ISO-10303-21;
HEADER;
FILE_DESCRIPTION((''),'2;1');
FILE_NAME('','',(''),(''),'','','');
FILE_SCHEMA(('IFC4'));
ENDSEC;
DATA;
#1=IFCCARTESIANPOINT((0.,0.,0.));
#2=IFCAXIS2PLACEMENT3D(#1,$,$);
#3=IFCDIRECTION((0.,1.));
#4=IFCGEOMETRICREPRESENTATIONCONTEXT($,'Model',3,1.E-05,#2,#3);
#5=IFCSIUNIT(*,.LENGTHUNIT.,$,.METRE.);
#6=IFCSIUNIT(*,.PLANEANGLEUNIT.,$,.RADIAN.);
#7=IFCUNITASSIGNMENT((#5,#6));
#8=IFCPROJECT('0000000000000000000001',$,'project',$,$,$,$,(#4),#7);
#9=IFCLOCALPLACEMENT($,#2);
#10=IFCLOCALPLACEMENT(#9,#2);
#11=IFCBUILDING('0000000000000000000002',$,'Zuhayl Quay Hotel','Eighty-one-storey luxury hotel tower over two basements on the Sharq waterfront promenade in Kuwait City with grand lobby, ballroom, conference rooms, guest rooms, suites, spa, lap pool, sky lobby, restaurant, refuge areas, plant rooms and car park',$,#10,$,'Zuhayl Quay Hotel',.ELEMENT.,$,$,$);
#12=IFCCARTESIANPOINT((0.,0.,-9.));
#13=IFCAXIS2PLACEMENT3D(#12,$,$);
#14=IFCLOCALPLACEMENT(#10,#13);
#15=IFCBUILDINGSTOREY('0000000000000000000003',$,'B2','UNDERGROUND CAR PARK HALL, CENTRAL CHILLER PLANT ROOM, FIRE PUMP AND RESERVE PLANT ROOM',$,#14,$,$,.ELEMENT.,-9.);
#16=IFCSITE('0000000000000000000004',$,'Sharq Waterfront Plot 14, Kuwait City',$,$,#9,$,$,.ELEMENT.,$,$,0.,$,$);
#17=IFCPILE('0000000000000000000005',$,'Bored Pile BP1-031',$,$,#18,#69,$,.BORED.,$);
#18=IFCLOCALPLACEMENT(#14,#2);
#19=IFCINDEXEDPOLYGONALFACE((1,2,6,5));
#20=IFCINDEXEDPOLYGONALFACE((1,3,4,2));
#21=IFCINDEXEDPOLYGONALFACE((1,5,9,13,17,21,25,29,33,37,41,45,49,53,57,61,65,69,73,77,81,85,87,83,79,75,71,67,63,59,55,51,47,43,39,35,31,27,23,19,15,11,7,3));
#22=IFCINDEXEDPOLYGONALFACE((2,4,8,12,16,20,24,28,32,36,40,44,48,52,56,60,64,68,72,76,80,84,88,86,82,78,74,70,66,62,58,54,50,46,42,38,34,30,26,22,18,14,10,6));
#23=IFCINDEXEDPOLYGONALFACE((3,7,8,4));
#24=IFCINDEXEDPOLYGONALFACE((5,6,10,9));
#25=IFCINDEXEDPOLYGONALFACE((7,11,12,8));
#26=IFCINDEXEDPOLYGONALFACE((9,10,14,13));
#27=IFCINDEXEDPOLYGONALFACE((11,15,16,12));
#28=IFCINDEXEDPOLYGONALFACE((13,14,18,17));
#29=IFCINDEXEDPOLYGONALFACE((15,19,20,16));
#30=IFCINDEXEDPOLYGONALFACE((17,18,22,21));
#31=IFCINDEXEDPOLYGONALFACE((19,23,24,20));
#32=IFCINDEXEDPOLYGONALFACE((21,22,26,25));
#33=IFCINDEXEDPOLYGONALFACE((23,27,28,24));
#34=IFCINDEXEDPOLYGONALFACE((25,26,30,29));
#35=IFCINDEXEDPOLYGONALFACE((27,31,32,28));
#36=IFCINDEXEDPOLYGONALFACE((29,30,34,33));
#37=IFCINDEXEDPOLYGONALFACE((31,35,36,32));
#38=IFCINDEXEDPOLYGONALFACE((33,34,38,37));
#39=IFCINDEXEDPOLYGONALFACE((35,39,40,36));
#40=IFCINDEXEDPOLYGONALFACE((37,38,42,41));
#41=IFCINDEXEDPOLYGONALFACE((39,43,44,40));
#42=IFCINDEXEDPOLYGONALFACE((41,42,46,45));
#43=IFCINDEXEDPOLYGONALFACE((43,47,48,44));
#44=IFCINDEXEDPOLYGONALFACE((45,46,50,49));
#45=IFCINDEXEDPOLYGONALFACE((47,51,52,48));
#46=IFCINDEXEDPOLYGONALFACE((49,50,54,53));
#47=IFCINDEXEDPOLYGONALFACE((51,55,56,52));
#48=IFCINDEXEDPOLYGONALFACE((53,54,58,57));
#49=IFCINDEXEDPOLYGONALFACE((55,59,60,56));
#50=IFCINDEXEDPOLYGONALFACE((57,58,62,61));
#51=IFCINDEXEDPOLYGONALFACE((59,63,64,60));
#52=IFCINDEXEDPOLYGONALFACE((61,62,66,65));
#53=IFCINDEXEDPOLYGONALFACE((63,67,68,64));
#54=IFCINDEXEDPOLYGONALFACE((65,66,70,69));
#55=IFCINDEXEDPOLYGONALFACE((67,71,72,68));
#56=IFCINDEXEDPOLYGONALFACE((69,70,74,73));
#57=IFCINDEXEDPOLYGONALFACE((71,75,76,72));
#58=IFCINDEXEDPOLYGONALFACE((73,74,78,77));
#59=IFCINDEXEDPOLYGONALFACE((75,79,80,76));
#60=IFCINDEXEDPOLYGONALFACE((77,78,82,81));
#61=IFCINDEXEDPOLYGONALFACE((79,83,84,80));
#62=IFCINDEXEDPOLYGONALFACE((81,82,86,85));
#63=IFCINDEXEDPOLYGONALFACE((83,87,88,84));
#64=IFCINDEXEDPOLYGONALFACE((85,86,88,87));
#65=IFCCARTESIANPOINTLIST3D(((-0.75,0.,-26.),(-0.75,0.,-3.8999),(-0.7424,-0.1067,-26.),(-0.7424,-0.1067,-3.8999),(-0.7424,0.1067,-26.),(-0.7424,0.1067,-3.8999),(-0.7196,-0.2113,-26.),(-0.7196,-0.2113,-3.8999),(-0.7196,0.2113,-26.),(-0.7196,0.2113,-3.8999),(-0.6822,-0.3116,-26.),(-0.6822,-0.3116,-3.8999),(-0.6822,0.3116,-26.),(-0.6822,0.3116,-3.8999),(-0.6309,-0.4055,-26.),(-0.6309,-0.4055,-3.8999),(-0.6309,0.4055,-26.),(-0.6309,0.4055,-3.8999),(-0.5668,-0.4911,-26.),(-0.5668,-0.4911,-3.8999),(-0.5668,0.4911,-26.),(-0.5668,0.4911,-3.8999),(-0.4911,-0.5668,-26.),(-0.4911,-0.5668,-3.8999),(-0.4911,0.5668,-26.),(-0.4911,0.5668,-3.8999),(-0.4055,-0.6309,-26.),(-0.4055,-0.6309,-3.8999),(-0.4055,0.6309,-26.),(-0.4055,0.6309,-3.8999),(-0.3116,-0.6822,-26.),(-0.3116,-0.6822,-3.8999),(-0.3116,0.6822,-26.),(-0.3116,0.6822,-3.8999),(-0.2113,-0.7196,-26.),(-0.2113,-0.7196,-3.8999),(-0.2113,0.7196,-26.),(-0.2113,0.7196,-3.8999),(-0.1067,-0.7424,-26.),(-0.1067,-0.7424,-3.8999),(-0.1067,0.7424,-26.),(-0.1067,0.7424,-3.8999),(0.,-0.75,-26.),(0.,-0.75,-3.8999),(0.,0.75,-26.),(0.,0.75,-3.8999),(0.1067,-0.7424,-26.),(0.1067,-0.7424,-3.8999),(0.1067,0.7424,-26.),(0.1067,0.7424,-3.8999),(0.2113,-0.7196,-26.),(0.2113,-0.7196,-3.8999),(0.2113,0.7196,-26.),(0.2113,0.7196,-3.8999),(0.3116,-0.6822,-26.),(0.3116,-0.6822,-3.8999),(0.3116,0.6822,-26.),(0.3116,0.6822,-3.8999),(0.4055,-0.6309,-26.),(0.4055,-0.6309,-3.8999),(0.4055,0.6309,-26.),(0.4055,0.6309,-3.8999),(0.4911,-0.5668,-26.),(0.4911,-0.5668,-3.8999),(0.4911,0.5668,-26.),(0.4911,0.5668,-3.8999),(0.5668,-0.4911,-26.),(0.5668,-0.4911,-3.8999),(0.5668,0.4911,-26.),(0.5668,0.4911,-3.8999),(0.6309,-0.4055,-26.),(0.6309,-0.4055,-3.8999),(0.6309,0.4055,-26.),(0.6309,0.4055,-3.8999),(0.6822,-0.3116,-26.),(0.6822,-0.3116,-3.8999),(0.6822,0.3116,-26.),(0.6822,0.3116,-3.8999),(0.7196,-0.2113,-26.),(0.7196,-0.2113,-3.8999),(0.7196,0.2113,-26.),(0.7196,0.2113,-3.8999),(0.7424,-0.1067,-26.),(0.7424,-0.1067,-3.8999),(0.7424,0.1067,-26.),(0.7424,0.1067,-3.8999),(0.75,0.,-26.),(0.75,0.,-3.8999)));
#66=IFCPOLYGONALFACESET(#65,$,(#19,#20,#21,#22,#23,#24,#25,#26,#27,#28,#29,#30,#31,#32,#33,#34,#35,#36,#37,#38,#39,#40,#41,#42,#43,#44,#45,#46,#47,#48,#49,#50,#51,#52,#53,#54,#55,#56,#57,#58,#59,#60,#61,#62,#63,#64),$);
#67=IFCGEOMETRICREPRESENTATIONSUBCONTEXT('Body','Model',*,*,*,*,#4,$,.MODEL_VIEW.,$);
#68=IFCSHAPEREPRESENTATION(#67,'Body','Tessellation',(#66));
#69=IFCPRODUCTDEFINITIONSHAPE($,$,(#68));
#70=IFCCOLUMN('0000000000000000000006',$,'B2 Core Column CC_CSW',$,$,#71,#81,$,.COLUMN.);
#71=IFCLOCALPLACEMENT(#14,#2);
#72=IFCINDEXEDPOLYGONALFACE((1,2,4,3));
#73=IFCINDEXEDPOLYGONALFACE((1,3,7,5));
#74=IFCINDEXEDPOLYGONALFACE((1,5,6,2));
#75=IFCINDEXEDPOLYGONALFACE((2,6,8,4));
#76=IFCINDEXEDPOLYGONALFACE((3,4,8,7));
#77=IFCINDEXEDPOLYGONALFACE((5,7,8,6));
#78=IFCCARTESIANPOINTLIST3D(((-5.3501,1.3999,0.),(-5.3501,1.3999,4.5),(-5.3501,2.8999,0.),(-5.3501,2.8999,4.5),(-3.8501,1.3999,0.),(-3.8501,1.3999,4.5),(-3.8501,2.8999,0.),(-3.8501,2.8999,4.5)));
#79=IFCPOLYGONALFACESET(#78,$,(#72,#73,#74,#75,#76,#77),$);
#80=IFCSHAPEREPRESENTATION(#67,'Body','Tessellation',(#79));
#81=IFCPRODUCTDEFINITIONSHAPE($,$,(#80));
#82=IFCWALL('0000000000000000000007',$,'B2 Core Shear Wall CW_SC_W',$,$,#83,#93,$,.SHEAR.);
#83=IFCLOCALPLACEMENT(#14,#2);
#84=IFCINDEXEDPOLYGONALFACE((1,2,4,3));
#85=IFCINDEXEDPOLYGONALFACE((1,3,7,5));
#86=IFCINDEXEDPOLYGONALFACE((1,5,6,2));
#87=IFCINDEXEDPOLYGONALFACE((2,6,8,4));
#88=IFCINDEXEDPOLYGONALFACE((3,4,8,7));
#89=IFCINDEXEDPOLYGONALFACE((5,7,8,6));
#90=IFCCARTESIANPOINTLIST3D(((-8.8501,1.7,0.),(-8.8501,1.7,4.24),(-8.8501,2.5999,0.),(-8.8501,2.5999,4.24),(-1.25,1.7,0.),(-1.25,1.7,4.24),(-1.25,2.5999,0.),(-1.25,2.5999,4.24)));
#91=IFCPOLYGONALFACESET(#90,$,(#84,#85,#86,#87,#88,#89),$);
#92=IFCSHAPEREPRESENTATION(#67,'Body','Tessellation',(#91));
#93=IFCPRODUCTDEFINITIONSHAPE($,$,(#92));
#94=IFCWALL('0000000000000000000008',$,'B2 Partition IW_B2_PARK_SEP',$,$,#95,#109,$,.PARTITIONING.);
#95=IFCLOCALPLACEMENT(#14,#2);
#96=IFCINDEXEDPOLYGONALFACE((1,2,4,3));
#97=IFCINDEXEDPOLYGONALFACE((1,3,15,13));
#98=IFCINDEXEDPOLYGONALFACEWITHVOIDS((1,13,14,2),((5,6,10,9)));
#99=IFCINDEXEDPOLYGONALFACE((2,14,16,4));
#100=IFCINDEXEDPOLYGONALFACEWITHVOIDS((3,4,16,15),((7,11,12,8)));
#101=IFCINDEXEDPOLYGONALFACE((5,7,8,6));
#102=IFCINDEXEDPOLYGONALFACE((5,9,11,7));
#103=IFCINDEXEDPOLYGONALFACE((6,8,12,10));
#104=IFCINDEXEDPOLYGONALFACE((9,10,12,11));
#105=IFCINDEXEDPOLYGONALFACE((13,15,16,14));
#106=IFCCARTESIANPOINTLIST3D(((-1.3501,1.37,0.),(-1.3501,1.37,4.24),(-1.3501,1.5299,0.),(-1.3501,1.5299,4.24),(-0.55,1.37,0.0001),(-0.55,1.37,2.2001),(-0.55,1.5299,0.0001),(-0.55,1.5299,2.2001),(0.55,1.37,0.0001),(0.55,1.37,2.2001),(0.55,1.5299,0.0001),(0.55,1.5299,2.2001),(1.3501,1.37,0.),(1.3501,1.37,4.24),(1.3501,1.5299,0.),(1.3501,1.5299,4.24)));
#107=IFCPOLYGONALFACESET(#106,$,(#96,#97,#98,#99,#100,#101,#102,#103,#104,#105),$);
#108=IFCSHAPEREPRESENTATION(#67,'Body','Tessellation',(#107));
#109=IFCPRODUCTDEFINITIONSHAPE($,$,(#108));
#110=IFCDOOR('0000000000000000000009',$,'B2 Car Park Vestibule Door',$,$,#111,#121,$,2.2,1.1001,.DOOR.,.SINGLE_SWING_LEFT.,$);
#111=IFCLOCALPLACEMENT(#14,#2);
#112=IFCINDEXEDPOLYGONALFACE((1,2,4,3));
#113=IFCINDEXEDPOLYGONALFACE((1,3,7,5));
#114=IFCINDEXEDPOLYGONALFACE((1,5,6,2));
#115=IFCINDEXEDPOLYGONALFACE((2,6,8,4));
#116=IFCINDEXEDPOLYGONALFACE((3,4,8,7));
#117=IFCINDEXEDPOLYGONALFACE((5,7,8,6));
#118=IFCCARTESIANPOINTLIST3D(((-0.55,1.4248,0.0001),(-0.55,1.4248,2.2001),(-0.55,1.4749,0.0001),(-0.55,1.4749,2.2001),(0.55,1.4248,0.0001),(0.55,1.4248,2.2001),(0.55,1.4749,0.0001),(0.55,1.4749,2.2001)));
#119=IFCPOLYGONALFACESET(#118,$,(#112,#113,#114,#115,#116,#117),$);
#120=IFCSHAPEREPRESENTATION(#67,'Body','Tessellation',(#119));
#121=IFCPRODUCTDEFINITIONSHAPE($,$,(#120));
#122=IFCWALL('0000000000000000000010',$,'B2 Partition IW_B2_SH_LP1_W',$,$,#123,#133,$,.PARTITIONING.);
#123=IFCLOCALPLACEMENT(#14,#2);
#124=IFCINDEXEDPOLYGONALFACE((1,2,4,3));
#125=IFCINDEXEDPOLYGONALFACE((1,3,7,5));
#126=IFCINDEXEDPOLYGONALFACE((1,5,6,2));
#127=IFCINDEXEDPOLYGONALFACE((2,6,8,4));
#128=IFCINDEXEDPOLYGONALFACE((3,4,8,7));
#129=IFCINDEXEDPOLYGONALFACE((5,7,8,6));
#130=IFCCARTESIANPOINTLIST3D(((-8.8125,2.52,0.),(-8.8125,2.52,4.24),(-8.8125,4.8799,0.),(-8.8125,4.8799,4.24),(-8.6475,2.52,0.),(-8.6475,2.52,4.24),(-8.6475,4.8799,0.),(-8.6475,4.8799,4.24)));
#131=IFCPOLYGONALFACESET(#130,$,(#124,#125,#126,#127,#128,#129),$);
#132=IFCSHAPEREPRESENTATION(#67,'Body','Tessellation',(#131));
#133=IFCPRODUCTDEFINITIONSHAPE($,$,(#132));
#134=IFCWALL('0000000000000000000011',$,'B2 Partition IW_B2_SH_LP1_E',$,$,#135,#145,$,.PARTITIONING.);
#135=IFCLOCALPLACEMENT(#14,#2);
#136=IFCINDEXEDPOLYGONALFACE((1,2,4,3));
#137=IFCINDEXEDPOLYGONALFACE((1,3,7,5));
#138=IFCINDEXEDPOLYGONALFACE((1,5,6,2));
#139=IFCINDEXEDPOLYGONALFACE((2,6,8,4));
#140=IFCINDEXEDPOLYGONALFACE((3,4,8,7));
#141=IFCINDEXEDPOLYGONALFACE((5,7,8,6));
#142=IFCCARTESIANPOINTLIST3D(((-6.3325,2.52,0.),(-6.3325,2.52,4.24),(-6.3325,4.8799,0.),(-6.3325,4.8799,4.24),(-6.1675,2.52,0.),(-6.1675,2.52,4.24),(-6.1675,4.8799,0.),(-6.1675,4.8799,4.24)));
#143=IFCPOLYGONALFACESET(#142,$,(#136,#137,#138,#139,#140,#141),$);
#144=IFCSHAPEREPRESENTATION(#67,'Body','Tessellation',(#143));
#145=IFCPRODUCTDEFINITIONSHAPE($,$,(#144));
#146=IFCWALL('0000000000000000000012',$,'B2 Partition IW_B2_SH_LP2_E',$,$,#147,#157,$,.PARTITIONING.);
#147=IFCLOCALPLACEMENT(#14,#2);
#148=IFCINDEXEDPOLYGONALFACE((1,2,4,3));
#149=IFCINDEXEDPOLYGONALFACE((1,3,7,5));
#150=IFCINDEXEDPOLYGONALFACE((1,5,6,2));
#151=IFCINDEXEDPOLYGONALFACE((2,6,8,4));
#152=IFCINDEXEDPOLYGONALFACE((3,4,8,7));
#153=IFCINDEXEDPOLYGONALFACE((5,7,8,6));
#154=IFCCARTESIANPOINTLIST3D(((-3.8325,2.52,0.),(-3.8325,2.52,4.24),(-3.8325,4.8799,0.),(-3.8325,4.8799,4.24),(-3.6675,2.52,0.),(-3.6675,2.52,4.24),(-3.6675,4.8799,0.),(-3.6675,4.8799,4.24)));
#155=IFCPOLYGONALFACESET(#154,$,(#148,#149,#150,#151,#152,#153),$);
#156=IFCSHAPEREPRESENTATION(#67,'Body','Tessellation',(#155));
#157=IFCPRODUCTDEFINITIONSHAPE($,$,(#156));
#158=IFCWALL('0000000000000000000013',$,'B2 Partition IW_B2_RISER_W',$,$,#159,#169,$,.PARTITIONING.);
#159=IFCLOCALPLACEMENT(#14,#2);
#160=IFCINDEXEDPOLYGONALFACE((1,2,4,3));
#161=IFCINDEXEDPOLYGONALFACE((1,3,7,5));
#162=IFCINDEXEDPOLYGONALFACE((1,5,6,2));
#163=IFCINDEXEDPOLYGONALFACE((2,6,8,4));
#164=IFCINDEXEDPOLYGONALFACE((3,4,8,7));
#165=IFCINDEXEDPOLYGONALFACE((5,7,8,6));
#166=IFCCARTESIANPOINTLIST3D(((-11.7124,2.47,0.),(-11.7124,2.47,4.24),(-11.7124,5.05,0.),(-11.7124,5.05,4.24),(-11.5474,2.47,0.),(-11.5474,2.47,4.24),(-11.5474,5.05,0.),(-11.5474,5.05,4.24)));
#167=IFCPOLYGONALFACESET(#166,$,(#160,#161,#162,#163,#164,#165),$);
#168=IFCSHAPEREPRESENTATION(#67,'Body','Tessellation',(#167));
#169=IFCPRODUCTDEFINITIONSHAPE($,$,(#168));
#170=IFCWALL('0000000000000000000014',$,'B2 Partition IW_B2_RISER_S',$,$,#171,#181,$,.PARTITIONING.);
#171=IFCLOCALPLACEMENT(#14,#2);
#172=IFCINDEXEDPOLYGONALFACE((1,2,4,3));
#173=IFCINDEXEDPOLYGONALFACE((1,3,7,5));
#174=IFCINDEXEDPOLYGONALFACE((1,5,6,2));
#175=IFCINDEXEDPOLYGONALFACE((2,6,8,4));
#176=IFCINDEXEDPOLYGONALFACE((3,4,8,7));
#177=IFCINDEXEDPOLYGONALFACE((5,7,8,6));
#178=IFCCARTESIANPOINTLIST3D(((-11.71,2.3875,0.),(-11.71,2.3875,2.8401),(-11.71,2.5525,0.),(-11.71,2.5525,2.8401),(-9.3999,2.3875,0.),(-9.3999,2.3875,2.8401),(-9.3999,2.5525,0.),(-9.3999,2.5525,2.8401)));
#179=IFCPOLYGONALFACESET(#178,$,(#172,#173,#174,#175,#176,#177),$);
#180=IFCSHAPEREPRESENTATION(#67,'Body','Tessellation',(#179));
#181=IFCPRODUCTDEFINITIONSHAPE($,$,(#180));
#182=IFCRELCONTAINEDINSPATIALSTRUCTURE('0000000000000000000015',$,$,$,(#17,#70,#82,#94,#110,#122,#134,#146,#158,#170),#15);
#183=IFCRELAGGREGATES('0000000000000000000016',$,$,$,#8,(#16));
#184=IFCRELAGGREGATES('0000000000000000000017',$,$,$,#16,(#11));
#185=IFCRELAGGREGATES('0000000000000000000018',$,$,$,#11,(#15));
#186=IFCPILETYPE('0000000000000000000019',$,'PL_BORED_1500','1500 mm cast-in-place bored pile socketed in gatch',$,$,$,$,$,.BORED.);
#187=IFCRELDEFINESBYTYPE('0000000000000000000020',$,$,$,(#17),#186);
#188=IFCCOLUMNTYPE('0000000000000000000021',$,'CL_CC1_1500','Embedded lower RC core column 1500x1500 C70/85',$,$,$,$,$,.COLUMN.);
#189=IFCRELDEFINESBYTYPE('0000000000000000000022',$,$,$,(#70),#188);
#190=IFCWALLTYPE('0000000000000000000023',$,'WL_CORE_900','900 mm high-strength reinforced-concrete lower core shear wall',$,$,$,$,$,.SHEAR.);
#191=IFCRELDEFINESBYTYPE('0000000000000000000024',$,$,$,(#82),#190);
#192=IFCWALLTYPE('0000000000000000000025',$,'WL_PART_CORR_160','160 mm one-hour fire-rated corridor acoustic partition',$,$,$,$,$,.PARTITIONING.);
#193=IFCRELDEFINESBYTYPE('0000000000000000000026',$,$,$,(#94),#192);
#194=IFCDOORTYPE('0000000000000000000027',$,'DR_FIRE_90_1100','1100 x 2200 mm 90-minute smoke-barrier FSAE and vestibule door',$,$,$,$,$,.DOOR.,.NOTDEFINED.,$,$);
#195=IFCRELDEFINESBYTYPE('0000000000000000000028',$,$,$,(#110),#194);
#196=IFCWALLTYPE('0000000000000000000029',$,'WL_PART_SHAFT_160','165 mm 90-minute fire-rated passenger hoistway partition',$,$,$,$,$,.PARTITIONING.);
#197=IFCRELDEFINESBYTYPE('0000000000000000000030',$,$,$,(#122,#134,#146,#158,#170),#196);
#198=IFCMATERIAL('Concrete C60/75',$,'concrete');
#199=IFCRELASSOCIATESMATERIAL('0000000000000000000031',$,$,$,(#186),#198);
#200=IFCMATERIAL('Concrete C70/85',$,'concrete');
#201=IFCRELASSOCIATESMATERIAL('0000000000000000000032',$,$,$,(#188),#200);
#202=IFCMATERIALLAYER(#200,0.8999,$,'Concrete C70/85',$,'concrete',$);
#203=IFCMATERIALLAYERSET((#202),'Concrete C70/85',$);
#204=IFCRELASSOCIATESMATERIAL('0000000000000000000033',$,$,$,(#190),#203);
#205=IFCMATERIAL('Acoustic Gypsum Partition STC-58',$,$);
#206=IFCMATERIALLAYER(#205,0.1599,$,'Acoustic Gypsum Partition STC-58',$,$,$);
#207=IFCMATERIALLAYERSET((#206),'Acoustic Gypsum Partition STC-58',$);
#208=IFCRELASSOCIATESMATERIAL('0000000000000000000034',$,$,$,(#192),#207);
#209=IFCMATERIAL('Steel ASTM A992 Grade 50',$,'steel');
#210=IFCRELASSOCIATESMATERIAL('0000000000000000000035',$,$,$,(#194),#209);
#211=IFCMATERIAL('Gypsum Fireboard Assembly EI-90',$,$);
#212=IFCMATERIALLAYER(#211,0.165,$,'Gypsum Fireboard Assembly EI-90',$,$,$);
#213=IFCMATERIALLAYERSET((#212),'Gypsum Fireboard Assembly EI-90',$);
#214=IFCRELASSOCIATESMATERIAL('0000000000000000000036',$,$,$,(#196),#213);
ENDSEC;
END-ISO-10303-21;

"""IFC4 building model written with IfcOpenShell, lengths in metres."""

from ifc_helpers import new_model, si_unit, direction, frame, frame_2d, origin, origin_2d, place, context, subcontext, project, spatial, rectangle, circle, extrude, material, layer, layer_set, material_profile, profile_set, type_object, element, fill, save


model = new_model("IFC4")

# Units and contexts
model_context = context("Model", 3, precision=1e-05, world=origin(), true_north=direction((0.0, 1.0)))
body_context = subcontext(model_context, "Body", "Model", "MODEL_VIEW")
ifc_project = project(units=[si_unit("LENGTHUNIT", "METRE"), si_unit("PLANEANGLEUNIT", "RADIAN")], contexts=[model_context])

# Site, building, storey
site_placement = place(None, origin())
site = spatial("IfcSite", under=ifc_project, at=site_placement, Name="Sharq Waterfront Plot 14, Kuwait City", CompositionType="ELEMENT", RefElevation=0.0)
building_placement = place(site_placement, origin())
building = spatial("IfcBuilding", under=site, at=building_placement, Name="Zuhayl Quay Hotel", Description="Eighty-one-storey luxury hotel tower over two basements on the Sharq waterfront promenade in Kuwait City with grand lobby, ballroom, conference rooms, guest rooms, suites, spa, lap pool, sky lobby, restaurant, refuge areas, plant rooms and car park", LongName="Zuhayl Quay Hotel", CompositionType="ELEMENT")
storey_placement = place(building_placement, frame((0.0, 0.0, -9.0)))
storey = spatial("IfcBuildingStorey", under=building, at=storey_placement, Name="B2", Description="UNDERGROUND CAR PARK HALL, CENTRAL CHILLER PLANT ROOM, FIRE PUMP AND RESERVE PLANT ROOM", CompositionType="ELEMENT", Elevation=-9.0)

# Pile
ifc_material_1 = material(Name="Concrete C60/75", Category="concrete")
ifc_material_profile_1 = material_profile(ifc_material_1, circle(Radius=0.75, at=origin_2d()), Name="PILE1500")
ifc_profile_set_1 = profile_set([ifc_material_profile_1], Name="Concrete C60/75")
pile_type = type_object("IfcPileType", Name="PL_BORED_1500", Description="1500 mm cast-in-place bored pile socketed in gatch", PredefinedType="BORED", material=ifc_profile_set_1)
pile_placement = place(storey_placement, frame((0.0, 0.0, -3.8999), z_axis=(0.0, 0.0, -1.0), x_axis=(1.0, 0.0, 0.0)))
element("IfcPile", 1, at=pile_placement, inside=storey, type_object=pile_type, Name="Bored Pile BP1-031", PredefinedType="BORED", context=body_context, shape_type="SweptSolid", body=[
    extrude(circle(Radius=0.75, at=origin_2d()), origin(), (0.0, 0.0, 1.0), 22.1001),
])

# Column
ifc_material_2 = material(Name="Concrete C70/85", Category="concrete")
ifc_material_profile_2 = material_profile(ifc_material_2, rectangle(XDim=1.5, YDim=1.5, at=origin_2d()), Name="RC1500X1500")
ifc_profile_set_2 = profile_set([ifc_material_profile_2], Name="Concrete C70/85")
column_type = type_object("IfcColumnType", Name="CL_CC1_1500", Description="Embedded lower RC core column 1500x1500 C70/85", PredefinedType="COLUMN", material=ifc_profile_set_2)
column_placement = place(storey_placement, frame((-4.6001, 2.1499, 0.0), z_axis=(0.0, 0.0, 1.0), x_axis=(1.0, 0.0, 0.0)))
element("IfcColumn", 2, at=column_placement, inside=storey, type_object=column_type, Name="B2 Core Column CC_CSW", PredefinedType="COLUMN", context=body_context, shape_type="SweptSolid", body=[
    extrude(rectangle(XDim=1.5, YDim=1.5, at=origin_2d()), origin(), (0.0, 0.0, 1.0), 4.5),
])

# Wall
ifc_layer_1 = layer(ifc_material_2, 0.8999, Name="Concrete C70/85", Category="concrete")
ifc_layer_set_1 = layer_set([ifc_layer_1], Name="Concrete C70/85")
wall_type_1 = type_object("IfcWallType", Name="WL_CORE_900", Description="900 mm high-strength reinforced-concrete lower core shear wall", PredefinedType="SHEAR", material=ifc_layer_set_1)
wall_1_placement = place(storey_placement, frame((-8.8501, 2.1499, 0.0), z_axis=(0.0, 0.0, 1.0), x_axis=(1.0, 0.0, 0.0)))
element("IfcWall", 3, at=wall_1_placement, inside=storey, type_object=wall_type_1, Name="B2 Core Shear Wall CW_SC_W", PredefinedType="SHEAR", context=body_context, shape_type="SweptSolid", body=[
    extrude(rectangle(XDim=7.6001, YDim=0.8999, at=frame_2d((3.8, 0.0))), origin(), (0.0, 0.0, 1.0), 4.24),
])

# Wall, opening, door
ifc_material_3 = material(Name="Acoustic Gypsum Partition STC-58")
ifc_layer_2 = layer(ifc_material_3, 0.1599, Name="Acoustic Gypsum Partition STC-58")
ifc_layer_set_2 = layer_set([ifc_layer_2], Name="Acoustic Gypsum Partition STC-58")
wall_type_2 = type_object("IfcWallType", Name="WL_PART_CORR_160", Description="160 mm one-hour fire-rated corridor acoustic partition", PredefinedType="PARTITIONING", material=ifc_layer_set_2)
wall_2_placement = place(storey_placement, frame((-1.3501, 1.45, 0.0), z_axis=(0.0, 0.0, 1.0), x_axis=(1.0, 0.0, 0.0)))
wall_2 = element("IfcWall", 4, at=wall_2_placement, inside=storey, type_object=wall_type_2, Name="B2 Partition IW_B2_PARK_SEP", PredefinedType="PARTITIONING", context=body_context, shape_type="SweptSolid", body=[
    extrude(rectangle(XDim=2.7002, YDim=0.1599, at=frame_2d((1.3501, 0.0))), origin(), (0.0, 0.0, 1.0), 4.24),
])
opening_placement = place(wall_2_placement, frame((0.8, 0.0, 0.0)))
opening = element("IfcOpeningElement", 5, at=opening_placement, cuts=wall_2, PredefinedType="OPENING", context=body_context, shape_type="SweptSolid", body=[
    extrude(rectangle(XDim=1.1001, YDim=2.2, at=frame_2d((0.55, 1.1001))), frame((0.0, 0.0898, 0.0), z_axis=(0.0, -1.0, 0.0), x_axis=(1.0, 0.0, 0.0)), (0.0, 0.0, 1.0), 0.1799),
])
ifc_material_4 = material(Name="Steel ASTM A992 Grade 50", Category="steel")
door_type = type_object("IfcDoorType", Name="DR_FIRE_90_1100", Description="1100 x 2200 mm 90-minute smoke-barrier FSAE and vestibule door", OperationType="NOTDEFINED", PredefinedType="DOOR", material=ifc_material_4)
door_placement = place(opening_placement, origin())
door = element("IfcDoor", 6, at=door_placement, inside=storey, type_object=door_type, Name="B2 Car Park Vestibule Door", OperationType="SINGLE_SWING_LEFT", OverallHeight=2.2, OverallWidth=1.1001, PredefinedType="DOOR", context=body_context, shape_type="SweptSolid", body=[
    extrude(rectangle(XDim=1.1001, YDim=2.2, at=frame_2d((0.55, 1.1001))), frame((0.0, 0.0249, 0.0), z_axis=(0.0, -1.0, 0.0), x_axis=(1.0, 0.0, 0.0)), (0.0, 0.0, 1.0), 0.05),
])
fill(opening, door)

# Walls
ifc_material_5 = material(Name="Gypsum Fireboard Assembly EI-90")
ifc_layer_3 = layer(ifc_material_5, 0.165, Name="Gypsum Fireboard Assembly EI-90")
ifc_layer_set_3 = layer_set([ifc_layer_3], Name="Gypsum Fireboard Assembly EI-90")
wall_type_3 = type_object("IfcWallType", Name="WL_PART_SHAFT_160", Description="165 mm 90-minute fire-rated passenger hoistway partition", PredefinedType="PARTITIONING", material=ifc_layer_set_3)
for number, where, z_axis, x_axis, name in (
    (7, (-8.73, 2.52, 0.0), (0.0, 0.0, 1.0), (0.0, 1.0, 0.0), "B2 Partition IW_B2_SH_LP1_W"),
    (8, (-6.25, 2.52, 0.0), (0.0, 0.0, 1.0), (0.0, 1.0, 0.0), "B2 Partition IW_B2_SH_LP1_E"),
    (9, (-3.75, 2.52, 0.0), (0.0, 0.0, 1.0), (0.0, 1.0, 0.0), "B2 Partition IW_B2_SH_LP2_E"),
):
    element("IfcWall", number, at=place(storey_placement, frame(where, z_axis=z_axis, x_axis=x_axis)), inside=storey, type_object=wall_type_3, Name=name, PredefinedType="PARTITIONING", context=body_context, shape_type="SweptSolid", body=[
        extrude(rectangle(XDim=2.3599, YDim=0.165, at=frame_2d((1.1799, 0.0))), origin(), (0.0, 0.0, 1.0), 4.24),
    ])
wall_3_placement = place(storey_placement, frame((-11.6299, 2.47, 0.0), z_axis=(0.0, 0.0, 1.0), x_axis=(0.0, 1.0, 0.0)))
element("IfcWall", 10, at=wall_3_placement, inside=storey, type_object=wall_type_3, Name="B2 Partition IW_B2_RISER_W", PredefinedType="PARTITIONING", context=body_context, shape_type="SweptSolid", body=[
    extrude(rectangle(XDim=2.5801, YDim=0.165, at=frame_2d((1.29, 0.0))), origin(), (0.0, 0.0, 1.0), 4.24),
])
wall_4_placement = place(storey_placement, frame((-11.71, 2.47, 0.0), z_axis=(0.0, 0.0, 1.0), x_axis=(1.0, 0.0, 0.0)))
element("IfcWall", 11, at=wall_4_placement, inside=storey, type_object=wall_type_3, Name="B2 Partition IW_B2_RISER_S", PredefinedType="PARTITIONING", context=body_context, shape_type="SweptSolid", body=[
    extrude(rectangle(XDim=2.3101, YDim=0.165, at=frame_2d((1.155, 0.0))), origin(), (0.0, 0.0, 1.0), 2.8401),
])

save(model, "model.ifc")
